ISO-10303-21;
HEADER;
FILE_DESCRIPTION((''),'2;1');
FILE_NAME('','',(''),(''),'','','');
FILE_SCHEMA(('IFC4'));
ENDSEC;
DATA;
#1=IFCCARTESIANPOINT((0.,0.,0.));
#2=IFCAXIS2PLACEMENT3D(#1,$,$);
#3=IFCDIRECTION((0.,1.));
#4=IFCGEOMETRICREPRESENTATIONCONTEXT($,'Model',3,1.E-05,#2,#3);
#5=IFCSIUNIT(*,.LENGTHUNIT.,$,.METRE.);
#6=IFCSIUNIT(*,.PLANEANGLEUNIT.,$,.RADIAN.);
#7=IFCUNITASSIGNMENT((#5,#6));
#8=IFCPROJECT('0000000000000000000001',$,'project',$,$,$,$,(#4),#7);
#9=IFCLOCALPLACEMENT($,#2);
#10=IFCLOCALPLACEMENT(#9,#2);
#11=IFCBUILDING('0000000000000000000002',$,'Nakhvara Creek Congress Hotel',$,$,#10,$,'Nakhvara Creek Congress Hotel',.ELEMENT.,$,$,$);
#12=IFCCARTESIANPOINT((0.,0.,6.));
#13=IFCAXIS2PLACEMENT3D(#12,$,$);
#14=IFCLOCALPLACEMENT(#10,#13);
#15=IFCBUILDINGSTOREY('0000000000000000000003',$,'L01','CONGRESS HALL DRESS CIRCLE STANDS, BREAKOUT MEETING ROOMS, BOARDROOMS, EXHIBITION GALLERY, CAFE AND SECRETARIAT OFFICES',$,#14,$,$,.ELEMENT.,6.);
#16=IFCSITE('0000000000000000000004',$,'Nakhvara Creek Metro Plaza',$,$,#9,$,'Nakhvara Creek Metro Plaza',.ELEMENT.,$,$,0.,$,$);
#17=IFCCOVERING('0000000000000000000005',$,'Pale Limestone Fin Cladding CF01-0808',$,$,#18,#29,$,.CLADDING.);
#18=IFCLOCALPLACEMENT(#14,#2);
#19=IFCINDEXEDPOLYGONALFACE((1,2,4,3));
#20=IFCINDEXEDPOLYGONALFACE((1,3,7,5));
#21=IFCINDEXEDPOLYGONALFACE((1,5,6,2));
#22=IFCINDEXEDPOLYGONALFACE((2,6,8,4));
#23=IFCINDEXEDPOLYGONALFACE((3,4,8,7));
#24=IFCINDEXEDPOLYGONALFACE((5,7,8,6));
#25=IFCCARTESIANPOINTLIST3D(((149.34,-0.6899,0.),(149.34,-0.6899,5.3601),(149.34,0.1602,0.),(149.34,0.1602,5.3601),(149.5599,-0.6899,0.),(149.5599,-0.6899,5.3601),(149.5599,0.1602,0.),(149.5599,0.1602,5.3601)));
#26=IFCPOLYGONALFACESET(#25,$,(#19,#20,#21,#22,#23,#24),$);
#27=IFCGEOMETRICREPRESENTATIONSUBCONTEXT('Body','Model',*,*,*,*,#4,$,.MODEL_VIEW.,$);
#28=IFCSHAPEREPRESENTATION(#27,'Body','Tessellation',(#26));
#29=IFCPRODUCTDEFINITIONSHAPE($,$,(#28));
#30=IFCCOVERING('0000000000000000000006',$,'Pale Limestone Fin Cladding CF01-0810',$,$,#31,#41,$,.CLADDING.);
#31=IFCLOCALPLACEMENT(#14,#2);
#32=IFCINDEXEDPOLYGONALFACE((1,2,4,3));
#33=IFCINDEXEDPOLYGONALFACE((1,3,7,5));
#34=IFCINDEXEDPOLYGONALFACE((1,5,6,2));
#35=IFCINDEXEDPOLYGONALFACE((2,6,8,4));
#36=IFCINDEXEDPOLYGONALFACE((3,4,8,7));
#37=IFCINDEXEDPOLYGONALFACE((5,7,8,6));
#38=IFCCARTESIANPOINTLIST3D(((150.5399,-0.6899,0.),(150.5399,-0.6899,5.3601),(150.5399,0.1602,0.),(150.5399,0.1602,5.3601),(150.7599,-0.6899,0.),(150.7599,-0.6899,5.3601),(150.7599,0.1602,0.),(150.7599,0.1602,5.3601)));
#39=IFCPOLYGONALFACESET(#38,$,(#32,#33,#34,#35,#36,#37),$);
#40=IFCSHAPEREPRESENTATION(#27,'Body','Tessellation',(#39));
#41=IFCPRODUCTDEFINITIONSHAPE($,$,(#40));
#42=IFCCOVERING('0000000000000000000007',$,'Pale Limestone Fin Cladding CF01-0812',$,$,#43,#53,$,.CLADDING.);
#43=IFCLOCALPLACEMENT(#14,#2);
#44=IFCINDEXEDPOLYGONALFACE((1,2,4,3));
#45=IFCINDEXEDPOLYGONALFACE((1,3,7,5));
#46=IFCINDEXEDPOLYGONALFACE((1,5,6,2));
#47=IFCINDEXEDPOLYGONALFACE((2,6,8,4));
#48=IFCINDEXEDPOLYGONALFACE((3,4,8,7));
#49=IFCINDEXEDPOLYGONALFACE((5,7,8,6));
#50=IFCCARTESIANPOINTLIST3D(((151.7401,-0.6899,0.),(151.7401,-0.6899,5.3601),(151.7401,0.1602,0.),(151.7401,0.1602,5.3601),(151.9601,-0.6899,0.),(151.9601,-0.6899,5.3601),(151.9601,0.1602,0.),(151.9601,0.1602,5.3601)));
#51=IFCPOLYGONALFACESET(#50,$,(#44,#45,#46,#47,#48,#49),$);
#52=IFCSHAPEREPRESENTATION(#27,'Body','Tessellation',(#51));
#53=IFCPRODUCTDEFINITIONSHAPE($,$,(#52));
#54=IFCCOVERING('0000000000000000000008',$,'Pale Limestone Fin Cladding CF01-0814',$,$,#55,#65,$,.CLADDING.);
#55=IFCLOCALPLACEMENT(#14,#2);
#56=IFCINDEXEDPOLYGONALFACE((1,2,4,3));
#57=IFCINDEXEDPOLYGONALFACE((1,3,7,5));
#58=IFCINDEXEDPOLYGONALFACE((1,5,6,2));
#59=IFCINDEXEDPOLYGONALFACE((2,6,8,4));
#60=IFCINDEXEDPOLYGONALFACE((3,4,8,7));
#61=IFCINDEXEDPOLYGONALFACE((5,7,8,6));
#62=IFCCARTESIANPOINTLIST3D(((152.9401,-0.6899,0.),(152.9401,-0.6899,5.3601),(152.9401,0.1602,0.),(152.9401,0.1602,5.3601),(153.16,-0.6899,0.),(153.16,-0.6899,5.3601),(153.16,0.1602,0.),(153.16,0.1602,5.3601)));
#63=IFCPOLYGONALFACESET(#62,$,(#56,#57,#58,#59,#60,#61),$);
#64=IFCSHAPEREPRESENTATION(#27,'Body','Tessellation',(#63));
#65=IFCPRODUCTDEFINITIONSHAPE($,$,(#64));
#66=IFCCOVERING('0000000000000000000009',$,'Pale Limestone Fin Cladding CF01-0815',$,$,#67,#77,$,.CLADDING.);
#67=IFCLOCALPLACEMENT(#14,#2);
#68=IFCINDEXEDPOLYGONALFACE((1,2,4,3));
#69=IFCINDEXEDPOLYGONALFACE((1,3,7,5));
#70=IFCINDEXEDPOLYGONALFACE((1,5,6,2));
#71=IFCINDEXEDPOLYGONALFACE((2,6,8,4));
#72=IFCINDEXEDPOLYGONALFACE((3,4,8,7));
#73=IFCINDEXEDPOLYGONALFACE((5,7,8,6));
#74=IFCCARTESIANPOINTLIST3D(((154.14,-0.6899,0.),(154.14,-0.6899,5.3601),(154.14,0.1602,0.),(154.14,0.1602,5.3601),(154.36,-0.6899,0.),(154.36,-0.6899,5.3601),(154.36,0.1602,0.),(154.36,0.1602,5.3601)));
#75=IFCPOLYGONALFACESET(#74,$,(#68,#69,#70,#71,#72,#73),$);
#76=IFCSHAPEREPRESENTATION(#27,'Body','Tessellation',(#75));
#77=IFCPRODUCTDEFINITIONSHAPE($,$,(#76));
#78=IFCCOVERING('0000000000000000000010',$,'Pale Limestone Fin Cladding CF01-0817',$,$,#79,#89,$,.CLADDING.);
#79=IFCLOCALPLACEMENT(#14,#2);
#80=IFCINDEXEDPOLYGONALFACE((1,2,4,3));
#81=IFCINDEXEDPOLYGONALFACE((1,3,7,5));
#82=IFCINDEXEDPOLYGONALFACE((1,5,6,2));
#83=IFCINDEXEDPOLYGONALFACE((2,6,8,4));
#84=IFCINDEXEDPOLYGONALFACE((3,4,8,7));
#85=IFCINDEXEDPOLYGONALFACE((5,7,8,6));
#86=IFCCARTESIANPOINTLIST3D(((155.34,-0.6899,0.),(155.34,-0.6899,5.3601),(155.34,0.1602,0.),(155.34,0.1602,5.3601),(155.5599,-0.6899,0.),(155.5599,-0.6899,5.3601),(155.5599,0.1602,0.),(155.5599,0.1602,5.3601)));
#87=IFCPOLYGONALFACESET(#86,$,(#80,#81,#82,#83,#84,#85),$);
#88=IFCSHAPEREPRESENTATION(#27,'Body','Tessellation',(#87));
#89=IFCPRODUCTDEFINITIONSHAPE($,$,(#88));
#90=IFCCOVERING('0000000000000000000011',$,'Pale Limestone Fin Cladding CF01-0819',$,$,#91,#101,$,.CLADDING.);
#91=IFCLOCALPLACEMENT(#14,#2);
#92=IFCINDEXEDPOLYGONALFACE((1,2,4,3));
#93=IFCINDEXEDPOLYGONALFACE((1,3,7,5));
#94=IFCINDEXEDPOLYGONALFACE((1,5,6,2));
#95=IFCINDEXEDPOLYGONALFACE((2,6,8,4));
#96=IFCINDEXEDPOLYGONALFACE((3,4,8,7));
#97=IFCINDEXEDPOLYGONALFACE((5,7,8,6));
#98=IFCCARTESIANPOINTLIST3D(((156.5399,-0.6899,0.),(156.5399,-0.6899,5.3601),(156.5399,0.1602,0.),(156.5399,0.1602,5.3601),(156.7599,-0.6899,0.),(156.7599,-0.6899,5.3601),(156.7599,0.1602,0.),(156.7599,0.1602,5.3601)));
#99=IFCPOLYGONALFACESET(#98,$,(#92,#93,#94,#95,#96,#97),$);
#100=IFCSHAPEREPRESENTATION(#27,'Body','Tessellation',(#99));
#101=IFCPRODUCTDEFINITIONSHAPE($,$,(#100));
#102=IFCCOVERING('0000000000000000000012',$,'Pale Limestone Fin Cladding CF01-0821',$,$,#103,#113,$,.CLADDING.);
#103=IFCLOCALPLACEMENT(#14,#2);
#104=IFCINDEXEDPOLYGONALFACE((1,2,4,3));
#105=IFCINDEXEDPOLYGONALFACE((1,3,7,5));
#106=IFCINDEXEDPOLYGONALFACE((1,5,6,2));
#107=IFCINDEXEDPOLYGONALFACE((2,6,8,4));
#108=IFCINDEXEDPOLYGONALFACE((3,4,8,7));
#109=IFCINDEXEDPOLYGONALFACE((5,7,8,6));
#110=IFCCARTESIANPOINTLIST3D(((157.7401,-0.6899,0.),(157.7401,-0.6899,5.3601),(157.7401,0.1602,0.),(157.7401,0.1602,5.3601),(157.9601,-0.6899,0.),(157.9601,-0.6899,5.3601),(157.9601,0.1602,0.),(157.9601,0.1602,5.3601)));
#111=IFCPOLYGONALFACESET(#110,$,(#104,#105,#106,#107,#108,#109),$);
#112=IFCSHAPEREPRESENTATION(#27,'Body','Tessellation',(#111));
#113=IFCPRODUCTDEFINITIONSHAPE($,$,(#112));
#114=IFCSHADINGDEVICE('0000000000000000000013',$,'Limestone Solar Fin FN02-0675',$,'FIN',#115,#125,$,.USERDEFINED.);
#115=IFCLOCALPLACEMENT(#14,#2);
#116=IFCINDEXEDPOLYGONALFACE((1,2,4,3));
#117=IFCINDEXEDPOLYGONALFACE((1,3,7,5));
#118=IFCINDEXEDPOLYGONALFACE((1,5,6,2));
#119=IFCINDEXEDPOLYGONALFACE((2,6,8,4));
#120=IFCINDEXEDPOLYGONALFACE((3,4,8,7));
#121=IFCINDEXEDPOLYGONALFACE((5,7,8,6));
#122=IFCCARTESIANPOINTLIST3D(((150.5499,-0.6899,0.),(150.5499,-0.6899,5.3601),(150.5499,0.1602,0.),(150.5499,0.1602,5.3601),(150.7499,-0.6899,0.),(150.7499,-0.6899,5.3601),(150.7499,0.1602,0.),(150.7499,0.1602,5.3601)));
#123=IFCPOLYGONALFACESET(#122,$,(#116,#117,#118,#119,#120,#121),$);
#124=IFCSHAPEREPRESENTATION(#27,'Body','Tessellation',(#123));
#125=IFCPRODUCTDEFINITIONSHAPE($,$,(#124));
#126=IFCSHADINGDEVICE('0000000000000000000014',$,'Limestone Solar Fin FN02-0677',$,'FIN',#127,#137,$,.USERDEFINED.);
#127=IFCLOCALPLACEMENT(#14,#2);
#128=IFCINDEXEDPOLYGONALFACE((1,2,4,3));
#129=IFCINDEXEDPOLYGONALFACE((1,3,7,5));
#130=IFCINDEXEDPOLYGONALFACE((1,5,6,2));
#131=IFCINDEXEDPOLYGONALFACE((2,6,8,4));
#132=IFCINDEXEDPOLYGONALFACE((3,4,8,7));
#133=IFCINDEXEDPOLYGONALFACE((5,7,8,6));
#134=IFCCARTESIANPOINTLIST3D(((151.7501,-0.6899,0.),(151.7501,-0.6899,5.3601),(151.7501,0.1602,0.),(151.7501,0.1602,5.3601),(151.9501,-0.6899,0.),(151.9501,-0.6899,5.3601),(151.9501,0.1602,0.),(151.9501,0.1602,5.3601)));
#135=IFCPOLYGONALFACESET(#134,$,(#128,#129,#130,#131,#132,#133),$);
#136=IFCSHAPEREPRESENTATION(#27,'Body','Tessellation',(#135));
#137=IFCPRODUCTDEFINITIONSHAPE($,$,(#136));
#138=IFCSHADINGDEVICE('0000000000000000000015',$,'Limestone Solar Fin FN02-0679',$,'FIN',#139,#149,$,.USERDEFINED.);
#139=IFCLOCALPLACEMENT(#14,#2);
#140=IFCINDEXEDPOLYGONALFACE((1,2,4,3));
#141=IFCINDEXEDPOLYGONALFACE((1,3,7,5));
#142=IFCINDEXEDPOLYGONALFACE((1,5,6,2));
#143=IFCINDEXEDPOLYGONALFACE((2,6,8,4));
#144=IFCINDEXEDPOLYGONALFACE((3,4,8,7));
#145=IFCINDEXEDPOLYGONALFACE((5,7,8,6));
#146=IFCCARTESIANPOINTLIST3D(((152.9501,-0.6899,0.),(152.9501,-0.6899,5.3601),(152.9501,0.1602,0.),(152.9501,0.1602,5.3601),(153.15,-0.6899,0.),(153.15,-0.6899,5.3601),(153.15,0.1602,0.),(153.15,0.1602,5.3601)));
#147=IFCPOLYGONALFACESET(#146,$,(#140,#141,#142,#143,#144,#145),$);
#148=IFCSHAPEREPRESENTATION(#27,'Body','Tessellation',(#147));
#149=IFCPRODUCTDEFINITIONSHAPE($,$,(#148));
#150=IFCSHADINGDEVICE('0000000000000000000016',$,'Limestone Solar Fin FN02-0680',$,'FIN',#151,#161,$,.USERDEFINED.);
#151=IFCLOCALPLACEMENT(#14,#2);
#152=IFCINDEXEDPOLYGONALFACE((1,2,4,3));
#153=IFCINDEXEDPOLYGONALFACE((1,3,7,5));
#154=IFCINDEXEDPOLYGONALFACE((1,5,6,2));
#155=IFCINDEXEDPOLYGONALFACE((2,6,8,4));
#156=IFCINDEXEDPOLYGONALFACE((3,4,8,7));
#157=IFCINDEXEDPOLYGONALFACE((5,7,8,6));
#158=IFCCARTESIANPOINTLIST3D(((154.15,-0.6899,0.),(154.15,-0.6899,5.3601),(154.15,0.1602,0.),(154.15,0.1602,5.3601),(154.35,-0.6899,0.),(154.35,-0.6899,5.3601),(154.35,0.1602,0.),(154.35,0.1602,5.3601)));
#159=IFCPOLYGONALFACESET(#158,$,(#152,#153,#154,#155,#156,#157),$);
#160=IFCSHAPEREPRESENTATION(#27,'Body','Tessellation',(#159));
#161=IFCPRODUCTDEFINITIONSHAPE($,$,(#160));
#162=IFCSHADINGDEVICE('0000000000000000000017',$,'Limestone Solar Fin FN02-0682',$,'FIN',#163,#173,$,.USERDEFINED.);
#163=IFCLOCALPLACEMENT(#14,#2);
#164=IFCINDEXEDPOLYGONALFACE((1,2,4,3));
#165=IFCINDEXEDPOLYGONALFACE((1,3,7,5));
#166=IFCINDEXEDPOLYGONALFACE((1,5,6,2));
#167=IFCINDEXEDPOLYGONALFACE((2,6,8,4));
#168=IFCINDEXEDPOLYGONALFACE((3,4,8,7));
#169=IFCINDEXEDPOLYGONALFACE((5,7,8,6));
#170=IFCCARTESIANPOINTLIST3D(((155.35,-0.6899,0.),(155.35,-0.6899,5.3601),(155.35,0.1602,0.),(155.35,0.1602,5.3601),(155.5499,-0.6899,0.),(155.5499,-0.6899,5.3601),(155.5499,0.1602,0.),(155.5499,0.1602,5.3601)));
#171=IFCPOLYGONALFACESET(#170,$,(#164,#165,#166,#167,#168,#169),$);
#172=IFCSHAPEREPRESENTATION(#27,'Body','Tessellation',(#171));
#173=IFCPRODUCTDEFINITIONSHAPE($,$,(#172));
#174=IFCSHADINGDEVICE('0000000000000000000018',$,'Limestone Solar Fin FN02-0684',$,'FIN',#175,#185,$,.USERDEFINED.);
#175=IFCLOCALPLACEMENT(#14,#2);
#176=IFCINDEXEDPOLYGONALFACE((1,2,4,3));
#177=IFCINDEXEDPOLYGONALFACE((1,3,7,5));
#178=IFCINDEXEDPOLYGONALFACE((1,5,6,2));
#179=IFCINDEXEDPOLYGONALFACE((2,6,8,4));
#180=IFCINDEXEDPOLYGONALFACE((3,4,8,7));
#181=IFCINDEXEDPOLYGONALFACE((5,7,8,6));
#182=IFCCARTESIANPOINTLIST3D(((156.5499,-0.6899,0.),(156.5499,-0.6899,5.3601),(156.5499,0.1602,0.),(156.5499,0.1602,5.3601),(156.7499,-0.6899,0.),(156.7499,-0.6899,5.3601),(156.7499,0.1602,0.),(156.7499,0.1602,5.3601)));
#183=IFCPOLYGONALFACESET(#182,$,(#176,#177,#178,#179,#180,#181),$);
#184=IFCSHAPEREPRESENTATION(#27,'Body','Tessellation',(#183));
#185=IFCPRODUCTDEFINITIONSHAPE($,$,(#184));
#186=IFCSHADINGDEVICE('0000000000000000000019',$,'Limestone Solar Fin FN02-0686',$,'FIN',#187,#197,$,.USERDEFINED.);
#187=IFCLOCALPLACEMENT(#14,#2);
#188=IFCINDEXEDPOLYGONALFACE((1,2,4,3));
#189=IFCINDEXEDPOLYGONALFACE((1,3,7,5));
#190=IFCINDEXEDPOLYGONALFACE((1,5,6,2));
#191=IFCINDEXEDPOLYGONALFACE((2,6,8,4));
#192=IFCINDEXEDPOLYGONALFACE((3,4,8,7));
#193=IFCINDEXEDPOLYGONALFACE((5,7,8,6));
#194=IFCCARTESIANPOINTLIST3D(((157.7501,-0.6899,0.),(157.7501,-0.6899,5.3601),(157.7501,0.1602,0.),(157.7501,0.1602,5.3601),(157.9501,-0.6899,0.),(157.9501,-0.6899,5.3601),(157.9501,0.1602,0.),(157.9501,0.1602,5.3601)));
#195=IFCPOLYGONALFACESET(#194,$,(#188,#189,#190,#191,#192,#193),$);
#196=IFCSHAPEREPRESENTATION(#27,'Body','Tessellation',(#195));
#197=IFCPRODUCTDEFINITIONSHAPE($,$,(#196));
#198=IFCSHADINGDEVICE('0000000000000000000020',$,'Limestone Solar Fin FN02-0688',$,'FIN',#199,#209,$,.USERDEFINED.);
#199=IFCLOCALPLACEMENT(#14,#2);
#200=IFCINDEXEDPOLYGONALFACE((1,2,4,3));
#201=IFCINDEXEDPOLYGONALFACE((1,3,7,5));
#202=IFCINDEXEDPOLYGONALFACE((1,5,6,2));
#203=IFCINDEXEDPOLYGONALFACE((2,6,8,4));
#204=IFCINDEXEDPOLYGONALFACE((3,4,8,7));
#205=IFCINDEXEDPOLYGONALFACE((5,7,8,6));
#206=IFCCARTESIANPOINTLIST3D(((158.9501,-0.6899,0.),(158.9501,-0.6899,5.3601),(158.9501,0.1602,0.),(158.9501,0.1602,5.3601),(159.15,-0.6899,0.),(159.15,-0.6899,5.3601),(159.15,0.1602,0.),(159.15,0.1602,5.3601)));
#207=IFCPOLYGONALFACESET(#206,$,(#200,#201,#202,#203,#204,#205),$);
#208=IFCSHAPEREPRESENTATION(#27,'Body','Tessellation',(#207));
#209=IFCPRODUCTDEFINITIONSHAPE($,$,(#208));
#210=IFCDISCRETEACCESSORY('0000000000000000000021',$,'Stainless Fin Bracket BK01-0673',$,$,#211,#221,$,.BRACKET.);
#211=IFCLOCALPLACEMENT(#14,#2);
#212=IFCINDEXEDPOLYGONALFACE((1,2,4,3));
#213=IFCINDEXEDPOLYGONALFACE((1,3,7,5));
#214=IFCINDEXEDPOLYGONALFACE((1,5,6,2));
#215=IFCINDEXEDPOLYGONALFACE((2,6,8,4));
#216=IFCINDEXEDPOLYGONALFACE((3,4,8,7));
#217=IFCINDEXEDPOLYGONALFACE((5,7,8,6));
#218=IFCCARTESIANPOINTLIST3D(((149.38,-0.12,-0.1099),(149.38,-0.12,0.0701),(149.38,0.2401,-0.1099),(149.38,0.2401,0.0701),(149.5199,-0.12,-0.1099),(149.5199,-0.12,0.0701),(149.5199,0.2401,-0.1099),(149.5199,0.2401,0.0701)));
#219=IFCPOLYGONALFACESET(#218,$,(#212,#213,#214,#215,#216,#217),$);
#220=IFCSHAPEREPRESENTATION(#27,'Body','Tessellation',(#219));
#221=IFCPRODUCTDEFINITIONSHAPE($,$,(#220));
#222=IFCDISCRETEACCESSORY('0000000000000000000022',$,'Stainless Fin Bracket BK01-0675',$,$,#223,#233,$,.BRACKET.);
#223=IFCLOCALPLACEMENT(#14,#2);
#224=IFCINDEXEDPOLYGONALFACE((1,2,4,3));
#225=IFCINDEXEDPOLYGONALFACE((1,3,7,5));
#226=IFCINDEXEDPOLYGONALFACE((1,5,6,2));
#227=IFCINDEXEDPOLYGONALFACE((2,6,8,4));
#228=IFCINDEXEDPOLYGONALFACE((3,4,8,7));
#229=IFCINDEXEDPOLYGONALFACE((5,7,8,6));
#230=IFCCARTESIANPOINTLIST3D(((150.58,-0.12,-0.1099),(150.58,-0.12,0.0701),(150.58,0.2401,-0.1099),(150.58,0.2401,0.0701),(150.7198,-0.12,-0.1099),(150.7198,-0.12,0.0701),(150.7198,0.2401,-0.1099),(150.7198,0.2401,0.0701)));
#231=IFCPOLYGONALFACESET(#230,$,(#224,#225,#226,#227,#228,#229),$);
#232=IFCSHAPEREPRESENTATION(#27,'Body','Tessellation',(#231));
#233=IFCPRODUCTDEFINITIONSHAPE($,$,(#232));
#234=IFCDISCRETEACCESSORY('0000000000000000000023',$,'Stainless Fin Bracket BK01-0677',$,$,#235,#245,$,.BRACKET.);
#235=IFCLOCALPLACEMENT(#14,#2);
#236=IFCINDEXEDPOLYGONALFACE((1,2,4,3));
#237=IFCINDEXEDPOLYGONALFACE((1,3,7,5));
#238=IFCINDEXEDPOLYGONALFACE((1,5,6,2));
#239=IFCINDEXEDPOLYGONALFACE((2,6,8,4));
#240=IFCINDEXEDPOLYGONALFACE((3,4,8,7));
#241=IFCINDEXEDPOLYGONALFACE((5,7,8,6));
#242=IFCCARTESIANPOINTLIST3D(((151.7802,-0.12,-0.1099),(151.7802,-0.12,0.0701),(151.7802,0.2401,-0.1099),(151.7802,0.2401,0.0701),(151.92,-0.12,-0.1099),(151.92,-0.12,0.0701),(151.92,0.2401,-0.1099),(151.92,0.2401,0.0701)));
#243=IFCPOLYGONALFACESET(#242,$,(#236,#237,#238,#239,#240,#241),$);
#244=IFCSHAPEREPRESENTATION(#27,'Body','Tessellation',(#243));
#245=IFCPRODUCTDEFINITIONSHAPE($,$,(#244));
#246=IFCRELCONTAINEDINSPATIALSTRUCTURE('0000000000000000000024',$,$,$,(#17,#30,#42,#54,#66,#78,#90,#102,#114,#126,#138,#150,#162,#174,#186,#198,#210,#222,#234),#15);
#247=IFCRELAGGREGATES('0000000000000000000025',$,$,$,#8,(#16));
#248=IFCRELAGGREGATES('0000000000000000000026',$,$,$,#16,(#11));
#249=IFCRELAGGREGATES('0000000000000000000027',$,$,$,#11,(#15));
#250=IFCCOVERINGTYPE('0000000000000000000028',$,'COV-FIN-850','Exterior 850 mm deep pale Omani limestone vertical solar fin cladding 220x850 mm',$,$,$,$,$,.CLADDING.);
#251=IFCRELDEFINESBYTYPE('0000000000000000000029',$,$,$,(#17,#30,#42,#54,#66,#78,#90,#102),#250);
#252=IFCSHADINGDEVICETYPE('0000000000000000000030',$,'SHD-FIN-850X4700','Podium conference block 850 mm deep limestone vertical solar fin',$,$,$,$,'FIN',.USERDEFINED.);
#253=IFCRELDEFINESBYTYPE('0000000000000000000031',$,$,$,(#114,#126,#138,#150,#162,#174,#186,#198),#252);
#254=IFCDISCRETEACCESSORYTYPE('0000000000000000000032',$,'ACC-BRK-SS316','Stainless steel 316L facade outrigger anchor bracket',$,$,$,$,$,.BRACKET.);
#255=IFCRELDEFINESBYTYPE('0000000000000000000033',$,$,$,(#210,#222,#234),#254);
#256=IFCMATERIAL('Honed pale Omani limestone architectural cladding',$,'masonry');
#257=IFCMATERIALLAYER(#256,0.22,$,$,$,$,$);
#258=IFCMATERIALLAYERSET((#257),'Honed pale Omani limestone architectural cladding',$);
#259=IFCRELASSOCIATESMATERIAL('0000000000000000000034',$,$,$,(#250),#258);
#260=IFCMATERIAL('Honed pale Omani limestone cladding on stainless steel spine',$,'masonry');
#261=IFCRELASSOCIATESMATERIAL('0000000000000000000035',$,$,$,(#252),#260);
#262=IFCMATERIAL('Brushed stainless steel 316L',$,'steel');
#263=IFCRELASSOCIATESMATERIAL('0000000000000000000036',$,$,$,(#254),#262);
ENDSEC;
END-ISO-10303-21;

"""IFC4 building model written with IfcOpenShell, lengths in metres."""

from ifc_helpers import new_model, si_unit, direction, frame, origin, origin_2d, place, context, subcontext, project, spatial, rectangle, extrude, material, layer, layer_set, type_object, element, save


model = new_model("IFC4")

# Units and contexts
model_context = context("Model", 3, precision=1e-05, world=origin(), true_north=direction((0.0, 1.0)))
body_context = subcontext(model_context, "Body", "Model", "MODEL_VIEW")
ifc_project = project(units=[si_unit("LENGTHUNIT", "METRE"), si_unit("PLANEANGLEUNIT", "RADIAN")], contexts=[model_context])

# Site, building, storey
site_placement = place(None, origin())
site = spatial("IfcSite", under=ifc_project, at=site_placement, Name="Nakhvara Creek Metro Plaza", LongName="Nakhvara Creek Metro Plaza", CompositionType="ELEMENT", RefElevation=0.0)
building_placement = place(site_placement, origin())
building = spatial("IfcBuilding", under=site, at=building_placement, Name="Nakhvara Creek Congress Hotel", LongName="Nakhvara Creek Congress Hotel", CompositionType="ELEMENT")
storey_placement = place(building_placement, frame((0.0, 0.0, 6.0)))
storey = spatial("IfcBuildingStorey", under=building, at=storey_placement, Name="L01", Description="CONGRESS HALL DRESS CIRCLE STANDS, BREAKOUT MEETING ROOMS, BOARDROOMS, EXHIBITION GALLERY, CAFE AND SECRETARIAT OFFICES", CompositionType="ELEMENT", Elevation=6.0)

# Coverings
ifc_material_1 = material(Name="Honed pale Omani limestone architectural cladding", Category="masonry")
ifc_layer = layer(ifc_material_1, 0.22)
ifc_layer_set = layer_set([ifc_layer], Name="Honed pale Omani limestone architectural cladding")
covering_type = type_object("IfcCoveringType", Name="COV-FIN-850", Description="Exterior 850 mm deep pale Omani limestone vertical solar fin cladding 220x850 mm", PredefinedType="CLADDING", material=ifc_layer_set)
for number, where, z_axis, x_axis, name in (
    (1, (149.45, -0.2649, 0.0), (0.0, 0.0, 1.0), (1.0, 0.0, 0.0), "Pale Limestone Fin Cladding CF01-0808"),
    (2, (150.6499, -0.2649, 0.0), (0.0, 0.0, 1.0), (1.0, 0.0, 0.0), "Pale Limestone Fin Cladding CF01-0810"),
    (3, (151.8501, -0.2649, 0.0), (0.0, 0.0, 1.0), (1.0, 0.0, 0.0), "Pale Limestone Fin Cladding CF01-0812"),
    (4, (153.05, -0.2649, 0.0), (0.0, 0.0, 1.0), (1.0, 0.0, 0.0), "Pale Limestone Fin Cladding CF01-0814"),
    (5, (154.25, -0.2649, 0.0), (0.0, 0.0, 1.0), (1.0, 0.0, 0.0), "Pale Limestone Fin Cladding CF01-0815"),
    (6, (155.45, -0.2649, 0.0), (0.0, 0.0, 1.0), (1.0, 0.0, 0.0), "Pale Limestone Fin Cladding CF01-0817"),
    (7, (156.6499, -0.2649, 0.0), (0.0, 0.0, 1.0), (1.0, 0.0, 0.0), "Pale Limestone Fin Cladding CF01-0819"),
    (8, (157.8501, -0.2649, 0.0), (0.0, 0.0, 1.0), (1.0, 0.0, 0.0), "Pale Limestone Fin Cladding CF01-0821"),
):
    element("IfcCovering", number, at=place(storey_placement, frame(where, z_axis=z_axis, x_axis=x_axis)), inside=storey, type_object=covering_type, Name=name, PredefinedType="CLADDING", context=body_context, shape_type="SweptSolid", body=[
        extrude(rectangle(XDim=0.22, YDim=0.8501, at=origin_2d()), origin(), (0.0, 0.0, 1.0), 5.3601),
    ])

# Shading devices
ifc_material_2 = material(Name="Honed pale Omani limestone cladding on stainless steel spine", Category="masonry")
shading_device_type = type_object("IfcShadingDeviceType", Name="SHD-FIN-850X4700", Description="Podium conference block 850 mm deep limestone vertical solar fin", ElementType="FIN", PredefinedType="USERDEFINED", material=ifc_material_2)
for number, where, z_axis, x_axis, name in (
    (9, (150.6499, -0.2649, 0.0), (0.0, 0.0, 1.0), (1.0, 0.0, 0.0), "Limestone Solar Fin FN02-0675"),
    (10, (151.8501, -0.2649, 0.0), (0.0, 0.0, 1.0), (1.0, 0.0, 0.0), "Limestone Solar Fin FN02-0677"),
    (11, (153.05, -0.2649, 0.0), (0.0, 0.0, 1.0), (1.0, 0.0, 0.0), "Limestone Solar Fin FN02-0679"),
    (12, (154.25, -0.2649, 0.0), (0.0, 0.0, 1.0), (1.0, 0.0, 0.0), "Limestone Solar Fin FN02-0680"),
    (13, (155.45, -0.2649, 0.0), (0.0, 0.0, 1.0), (1.0, 0.0, 0.0), "Limestone Solar Fin FN02-0682"),
    (14, (156.6499, -0.2649, 0.0), (0.0, 0.0, 1.0), (1.0, 0.0, 0.0), "Limestone Solar Fin FN02-0684"),
    (15, (157.8501, -0.2649, 0.0), (0.0, 0.0, 1.0), (1.0, 0.0, 0.0), "Limestone Solar Fin FN02-0686"),
    (16, (159.05, -0.2649, 0.0), (0.0, 0.0, 1.0), (1.0, 0.0, 0.0), "Limestone Solar Fin FN02-0688"),
):
    element("IfcShadingDevice", number, at=place(storey_placement, frame(where, z_axis=z_axis, x_axis=x_axis)), inside=storey, type_object=shading_device_type, Name=name, ObjectType="FIN", PredefinedType="USERDEFINED", context=body_context, shape_type="SweptSolid", body=[
        extrude(rectangle(XDim=0.2, YDim=0.8501, at=origin_2d()), origin(), (0.0, 0.0, 1.0), 5.3601),
    ])

# Discrete accessories
ifc_material_3 = material(Name="Brushed stainless steel 316L", Category="steel")
discrete_accessory_type = type_object("IfcDiscreteAccessoryType", Name="ACC-BRK-SS316", Description="Stainless steel 316L facade outrigger anchor bracket", PredefinedType="BRACKET", material=ifc_material_3)
for number, where, z_axis, x_axis, name in (
    (17, (149.45, 0.0601, -0.1099), (0.0, 0.0, 1.0), (1.0, 0.0, 0.0), "Stainless Fin Bracket BK01-0673"),
    (18, (150.6499, 0.0601, -0.1099), (0.0, 0.0, 1.0), (1.0, 0.0, 0.0), "Stainless Fin Bracket BK01-0675"),
    (19, (151.8501, 0.0601, -0.1099), (0.0, 0.0, 1.0), (1.0, 0.0, 0.0), "Stainless Fin Bracket BK01-0677"),
):
    element("IfcDiscreteAccessory", number, at=place(storey_placement, frame(where, z_axis=z_axis, x_axis=x_axis)), inside=storey, type_object=discrete_accessory_type, Name=name, PredefinedType="BRACKET", context=body_context, shape_type="SweptSolid", body=[
        extrude(rectangle(XDim=0.1399, YDim=0.3601, at=origin_2d()), origin(), (0.0, 0.0, 1.0), 0.1799),
    ])

save(model, "model.ifc")
